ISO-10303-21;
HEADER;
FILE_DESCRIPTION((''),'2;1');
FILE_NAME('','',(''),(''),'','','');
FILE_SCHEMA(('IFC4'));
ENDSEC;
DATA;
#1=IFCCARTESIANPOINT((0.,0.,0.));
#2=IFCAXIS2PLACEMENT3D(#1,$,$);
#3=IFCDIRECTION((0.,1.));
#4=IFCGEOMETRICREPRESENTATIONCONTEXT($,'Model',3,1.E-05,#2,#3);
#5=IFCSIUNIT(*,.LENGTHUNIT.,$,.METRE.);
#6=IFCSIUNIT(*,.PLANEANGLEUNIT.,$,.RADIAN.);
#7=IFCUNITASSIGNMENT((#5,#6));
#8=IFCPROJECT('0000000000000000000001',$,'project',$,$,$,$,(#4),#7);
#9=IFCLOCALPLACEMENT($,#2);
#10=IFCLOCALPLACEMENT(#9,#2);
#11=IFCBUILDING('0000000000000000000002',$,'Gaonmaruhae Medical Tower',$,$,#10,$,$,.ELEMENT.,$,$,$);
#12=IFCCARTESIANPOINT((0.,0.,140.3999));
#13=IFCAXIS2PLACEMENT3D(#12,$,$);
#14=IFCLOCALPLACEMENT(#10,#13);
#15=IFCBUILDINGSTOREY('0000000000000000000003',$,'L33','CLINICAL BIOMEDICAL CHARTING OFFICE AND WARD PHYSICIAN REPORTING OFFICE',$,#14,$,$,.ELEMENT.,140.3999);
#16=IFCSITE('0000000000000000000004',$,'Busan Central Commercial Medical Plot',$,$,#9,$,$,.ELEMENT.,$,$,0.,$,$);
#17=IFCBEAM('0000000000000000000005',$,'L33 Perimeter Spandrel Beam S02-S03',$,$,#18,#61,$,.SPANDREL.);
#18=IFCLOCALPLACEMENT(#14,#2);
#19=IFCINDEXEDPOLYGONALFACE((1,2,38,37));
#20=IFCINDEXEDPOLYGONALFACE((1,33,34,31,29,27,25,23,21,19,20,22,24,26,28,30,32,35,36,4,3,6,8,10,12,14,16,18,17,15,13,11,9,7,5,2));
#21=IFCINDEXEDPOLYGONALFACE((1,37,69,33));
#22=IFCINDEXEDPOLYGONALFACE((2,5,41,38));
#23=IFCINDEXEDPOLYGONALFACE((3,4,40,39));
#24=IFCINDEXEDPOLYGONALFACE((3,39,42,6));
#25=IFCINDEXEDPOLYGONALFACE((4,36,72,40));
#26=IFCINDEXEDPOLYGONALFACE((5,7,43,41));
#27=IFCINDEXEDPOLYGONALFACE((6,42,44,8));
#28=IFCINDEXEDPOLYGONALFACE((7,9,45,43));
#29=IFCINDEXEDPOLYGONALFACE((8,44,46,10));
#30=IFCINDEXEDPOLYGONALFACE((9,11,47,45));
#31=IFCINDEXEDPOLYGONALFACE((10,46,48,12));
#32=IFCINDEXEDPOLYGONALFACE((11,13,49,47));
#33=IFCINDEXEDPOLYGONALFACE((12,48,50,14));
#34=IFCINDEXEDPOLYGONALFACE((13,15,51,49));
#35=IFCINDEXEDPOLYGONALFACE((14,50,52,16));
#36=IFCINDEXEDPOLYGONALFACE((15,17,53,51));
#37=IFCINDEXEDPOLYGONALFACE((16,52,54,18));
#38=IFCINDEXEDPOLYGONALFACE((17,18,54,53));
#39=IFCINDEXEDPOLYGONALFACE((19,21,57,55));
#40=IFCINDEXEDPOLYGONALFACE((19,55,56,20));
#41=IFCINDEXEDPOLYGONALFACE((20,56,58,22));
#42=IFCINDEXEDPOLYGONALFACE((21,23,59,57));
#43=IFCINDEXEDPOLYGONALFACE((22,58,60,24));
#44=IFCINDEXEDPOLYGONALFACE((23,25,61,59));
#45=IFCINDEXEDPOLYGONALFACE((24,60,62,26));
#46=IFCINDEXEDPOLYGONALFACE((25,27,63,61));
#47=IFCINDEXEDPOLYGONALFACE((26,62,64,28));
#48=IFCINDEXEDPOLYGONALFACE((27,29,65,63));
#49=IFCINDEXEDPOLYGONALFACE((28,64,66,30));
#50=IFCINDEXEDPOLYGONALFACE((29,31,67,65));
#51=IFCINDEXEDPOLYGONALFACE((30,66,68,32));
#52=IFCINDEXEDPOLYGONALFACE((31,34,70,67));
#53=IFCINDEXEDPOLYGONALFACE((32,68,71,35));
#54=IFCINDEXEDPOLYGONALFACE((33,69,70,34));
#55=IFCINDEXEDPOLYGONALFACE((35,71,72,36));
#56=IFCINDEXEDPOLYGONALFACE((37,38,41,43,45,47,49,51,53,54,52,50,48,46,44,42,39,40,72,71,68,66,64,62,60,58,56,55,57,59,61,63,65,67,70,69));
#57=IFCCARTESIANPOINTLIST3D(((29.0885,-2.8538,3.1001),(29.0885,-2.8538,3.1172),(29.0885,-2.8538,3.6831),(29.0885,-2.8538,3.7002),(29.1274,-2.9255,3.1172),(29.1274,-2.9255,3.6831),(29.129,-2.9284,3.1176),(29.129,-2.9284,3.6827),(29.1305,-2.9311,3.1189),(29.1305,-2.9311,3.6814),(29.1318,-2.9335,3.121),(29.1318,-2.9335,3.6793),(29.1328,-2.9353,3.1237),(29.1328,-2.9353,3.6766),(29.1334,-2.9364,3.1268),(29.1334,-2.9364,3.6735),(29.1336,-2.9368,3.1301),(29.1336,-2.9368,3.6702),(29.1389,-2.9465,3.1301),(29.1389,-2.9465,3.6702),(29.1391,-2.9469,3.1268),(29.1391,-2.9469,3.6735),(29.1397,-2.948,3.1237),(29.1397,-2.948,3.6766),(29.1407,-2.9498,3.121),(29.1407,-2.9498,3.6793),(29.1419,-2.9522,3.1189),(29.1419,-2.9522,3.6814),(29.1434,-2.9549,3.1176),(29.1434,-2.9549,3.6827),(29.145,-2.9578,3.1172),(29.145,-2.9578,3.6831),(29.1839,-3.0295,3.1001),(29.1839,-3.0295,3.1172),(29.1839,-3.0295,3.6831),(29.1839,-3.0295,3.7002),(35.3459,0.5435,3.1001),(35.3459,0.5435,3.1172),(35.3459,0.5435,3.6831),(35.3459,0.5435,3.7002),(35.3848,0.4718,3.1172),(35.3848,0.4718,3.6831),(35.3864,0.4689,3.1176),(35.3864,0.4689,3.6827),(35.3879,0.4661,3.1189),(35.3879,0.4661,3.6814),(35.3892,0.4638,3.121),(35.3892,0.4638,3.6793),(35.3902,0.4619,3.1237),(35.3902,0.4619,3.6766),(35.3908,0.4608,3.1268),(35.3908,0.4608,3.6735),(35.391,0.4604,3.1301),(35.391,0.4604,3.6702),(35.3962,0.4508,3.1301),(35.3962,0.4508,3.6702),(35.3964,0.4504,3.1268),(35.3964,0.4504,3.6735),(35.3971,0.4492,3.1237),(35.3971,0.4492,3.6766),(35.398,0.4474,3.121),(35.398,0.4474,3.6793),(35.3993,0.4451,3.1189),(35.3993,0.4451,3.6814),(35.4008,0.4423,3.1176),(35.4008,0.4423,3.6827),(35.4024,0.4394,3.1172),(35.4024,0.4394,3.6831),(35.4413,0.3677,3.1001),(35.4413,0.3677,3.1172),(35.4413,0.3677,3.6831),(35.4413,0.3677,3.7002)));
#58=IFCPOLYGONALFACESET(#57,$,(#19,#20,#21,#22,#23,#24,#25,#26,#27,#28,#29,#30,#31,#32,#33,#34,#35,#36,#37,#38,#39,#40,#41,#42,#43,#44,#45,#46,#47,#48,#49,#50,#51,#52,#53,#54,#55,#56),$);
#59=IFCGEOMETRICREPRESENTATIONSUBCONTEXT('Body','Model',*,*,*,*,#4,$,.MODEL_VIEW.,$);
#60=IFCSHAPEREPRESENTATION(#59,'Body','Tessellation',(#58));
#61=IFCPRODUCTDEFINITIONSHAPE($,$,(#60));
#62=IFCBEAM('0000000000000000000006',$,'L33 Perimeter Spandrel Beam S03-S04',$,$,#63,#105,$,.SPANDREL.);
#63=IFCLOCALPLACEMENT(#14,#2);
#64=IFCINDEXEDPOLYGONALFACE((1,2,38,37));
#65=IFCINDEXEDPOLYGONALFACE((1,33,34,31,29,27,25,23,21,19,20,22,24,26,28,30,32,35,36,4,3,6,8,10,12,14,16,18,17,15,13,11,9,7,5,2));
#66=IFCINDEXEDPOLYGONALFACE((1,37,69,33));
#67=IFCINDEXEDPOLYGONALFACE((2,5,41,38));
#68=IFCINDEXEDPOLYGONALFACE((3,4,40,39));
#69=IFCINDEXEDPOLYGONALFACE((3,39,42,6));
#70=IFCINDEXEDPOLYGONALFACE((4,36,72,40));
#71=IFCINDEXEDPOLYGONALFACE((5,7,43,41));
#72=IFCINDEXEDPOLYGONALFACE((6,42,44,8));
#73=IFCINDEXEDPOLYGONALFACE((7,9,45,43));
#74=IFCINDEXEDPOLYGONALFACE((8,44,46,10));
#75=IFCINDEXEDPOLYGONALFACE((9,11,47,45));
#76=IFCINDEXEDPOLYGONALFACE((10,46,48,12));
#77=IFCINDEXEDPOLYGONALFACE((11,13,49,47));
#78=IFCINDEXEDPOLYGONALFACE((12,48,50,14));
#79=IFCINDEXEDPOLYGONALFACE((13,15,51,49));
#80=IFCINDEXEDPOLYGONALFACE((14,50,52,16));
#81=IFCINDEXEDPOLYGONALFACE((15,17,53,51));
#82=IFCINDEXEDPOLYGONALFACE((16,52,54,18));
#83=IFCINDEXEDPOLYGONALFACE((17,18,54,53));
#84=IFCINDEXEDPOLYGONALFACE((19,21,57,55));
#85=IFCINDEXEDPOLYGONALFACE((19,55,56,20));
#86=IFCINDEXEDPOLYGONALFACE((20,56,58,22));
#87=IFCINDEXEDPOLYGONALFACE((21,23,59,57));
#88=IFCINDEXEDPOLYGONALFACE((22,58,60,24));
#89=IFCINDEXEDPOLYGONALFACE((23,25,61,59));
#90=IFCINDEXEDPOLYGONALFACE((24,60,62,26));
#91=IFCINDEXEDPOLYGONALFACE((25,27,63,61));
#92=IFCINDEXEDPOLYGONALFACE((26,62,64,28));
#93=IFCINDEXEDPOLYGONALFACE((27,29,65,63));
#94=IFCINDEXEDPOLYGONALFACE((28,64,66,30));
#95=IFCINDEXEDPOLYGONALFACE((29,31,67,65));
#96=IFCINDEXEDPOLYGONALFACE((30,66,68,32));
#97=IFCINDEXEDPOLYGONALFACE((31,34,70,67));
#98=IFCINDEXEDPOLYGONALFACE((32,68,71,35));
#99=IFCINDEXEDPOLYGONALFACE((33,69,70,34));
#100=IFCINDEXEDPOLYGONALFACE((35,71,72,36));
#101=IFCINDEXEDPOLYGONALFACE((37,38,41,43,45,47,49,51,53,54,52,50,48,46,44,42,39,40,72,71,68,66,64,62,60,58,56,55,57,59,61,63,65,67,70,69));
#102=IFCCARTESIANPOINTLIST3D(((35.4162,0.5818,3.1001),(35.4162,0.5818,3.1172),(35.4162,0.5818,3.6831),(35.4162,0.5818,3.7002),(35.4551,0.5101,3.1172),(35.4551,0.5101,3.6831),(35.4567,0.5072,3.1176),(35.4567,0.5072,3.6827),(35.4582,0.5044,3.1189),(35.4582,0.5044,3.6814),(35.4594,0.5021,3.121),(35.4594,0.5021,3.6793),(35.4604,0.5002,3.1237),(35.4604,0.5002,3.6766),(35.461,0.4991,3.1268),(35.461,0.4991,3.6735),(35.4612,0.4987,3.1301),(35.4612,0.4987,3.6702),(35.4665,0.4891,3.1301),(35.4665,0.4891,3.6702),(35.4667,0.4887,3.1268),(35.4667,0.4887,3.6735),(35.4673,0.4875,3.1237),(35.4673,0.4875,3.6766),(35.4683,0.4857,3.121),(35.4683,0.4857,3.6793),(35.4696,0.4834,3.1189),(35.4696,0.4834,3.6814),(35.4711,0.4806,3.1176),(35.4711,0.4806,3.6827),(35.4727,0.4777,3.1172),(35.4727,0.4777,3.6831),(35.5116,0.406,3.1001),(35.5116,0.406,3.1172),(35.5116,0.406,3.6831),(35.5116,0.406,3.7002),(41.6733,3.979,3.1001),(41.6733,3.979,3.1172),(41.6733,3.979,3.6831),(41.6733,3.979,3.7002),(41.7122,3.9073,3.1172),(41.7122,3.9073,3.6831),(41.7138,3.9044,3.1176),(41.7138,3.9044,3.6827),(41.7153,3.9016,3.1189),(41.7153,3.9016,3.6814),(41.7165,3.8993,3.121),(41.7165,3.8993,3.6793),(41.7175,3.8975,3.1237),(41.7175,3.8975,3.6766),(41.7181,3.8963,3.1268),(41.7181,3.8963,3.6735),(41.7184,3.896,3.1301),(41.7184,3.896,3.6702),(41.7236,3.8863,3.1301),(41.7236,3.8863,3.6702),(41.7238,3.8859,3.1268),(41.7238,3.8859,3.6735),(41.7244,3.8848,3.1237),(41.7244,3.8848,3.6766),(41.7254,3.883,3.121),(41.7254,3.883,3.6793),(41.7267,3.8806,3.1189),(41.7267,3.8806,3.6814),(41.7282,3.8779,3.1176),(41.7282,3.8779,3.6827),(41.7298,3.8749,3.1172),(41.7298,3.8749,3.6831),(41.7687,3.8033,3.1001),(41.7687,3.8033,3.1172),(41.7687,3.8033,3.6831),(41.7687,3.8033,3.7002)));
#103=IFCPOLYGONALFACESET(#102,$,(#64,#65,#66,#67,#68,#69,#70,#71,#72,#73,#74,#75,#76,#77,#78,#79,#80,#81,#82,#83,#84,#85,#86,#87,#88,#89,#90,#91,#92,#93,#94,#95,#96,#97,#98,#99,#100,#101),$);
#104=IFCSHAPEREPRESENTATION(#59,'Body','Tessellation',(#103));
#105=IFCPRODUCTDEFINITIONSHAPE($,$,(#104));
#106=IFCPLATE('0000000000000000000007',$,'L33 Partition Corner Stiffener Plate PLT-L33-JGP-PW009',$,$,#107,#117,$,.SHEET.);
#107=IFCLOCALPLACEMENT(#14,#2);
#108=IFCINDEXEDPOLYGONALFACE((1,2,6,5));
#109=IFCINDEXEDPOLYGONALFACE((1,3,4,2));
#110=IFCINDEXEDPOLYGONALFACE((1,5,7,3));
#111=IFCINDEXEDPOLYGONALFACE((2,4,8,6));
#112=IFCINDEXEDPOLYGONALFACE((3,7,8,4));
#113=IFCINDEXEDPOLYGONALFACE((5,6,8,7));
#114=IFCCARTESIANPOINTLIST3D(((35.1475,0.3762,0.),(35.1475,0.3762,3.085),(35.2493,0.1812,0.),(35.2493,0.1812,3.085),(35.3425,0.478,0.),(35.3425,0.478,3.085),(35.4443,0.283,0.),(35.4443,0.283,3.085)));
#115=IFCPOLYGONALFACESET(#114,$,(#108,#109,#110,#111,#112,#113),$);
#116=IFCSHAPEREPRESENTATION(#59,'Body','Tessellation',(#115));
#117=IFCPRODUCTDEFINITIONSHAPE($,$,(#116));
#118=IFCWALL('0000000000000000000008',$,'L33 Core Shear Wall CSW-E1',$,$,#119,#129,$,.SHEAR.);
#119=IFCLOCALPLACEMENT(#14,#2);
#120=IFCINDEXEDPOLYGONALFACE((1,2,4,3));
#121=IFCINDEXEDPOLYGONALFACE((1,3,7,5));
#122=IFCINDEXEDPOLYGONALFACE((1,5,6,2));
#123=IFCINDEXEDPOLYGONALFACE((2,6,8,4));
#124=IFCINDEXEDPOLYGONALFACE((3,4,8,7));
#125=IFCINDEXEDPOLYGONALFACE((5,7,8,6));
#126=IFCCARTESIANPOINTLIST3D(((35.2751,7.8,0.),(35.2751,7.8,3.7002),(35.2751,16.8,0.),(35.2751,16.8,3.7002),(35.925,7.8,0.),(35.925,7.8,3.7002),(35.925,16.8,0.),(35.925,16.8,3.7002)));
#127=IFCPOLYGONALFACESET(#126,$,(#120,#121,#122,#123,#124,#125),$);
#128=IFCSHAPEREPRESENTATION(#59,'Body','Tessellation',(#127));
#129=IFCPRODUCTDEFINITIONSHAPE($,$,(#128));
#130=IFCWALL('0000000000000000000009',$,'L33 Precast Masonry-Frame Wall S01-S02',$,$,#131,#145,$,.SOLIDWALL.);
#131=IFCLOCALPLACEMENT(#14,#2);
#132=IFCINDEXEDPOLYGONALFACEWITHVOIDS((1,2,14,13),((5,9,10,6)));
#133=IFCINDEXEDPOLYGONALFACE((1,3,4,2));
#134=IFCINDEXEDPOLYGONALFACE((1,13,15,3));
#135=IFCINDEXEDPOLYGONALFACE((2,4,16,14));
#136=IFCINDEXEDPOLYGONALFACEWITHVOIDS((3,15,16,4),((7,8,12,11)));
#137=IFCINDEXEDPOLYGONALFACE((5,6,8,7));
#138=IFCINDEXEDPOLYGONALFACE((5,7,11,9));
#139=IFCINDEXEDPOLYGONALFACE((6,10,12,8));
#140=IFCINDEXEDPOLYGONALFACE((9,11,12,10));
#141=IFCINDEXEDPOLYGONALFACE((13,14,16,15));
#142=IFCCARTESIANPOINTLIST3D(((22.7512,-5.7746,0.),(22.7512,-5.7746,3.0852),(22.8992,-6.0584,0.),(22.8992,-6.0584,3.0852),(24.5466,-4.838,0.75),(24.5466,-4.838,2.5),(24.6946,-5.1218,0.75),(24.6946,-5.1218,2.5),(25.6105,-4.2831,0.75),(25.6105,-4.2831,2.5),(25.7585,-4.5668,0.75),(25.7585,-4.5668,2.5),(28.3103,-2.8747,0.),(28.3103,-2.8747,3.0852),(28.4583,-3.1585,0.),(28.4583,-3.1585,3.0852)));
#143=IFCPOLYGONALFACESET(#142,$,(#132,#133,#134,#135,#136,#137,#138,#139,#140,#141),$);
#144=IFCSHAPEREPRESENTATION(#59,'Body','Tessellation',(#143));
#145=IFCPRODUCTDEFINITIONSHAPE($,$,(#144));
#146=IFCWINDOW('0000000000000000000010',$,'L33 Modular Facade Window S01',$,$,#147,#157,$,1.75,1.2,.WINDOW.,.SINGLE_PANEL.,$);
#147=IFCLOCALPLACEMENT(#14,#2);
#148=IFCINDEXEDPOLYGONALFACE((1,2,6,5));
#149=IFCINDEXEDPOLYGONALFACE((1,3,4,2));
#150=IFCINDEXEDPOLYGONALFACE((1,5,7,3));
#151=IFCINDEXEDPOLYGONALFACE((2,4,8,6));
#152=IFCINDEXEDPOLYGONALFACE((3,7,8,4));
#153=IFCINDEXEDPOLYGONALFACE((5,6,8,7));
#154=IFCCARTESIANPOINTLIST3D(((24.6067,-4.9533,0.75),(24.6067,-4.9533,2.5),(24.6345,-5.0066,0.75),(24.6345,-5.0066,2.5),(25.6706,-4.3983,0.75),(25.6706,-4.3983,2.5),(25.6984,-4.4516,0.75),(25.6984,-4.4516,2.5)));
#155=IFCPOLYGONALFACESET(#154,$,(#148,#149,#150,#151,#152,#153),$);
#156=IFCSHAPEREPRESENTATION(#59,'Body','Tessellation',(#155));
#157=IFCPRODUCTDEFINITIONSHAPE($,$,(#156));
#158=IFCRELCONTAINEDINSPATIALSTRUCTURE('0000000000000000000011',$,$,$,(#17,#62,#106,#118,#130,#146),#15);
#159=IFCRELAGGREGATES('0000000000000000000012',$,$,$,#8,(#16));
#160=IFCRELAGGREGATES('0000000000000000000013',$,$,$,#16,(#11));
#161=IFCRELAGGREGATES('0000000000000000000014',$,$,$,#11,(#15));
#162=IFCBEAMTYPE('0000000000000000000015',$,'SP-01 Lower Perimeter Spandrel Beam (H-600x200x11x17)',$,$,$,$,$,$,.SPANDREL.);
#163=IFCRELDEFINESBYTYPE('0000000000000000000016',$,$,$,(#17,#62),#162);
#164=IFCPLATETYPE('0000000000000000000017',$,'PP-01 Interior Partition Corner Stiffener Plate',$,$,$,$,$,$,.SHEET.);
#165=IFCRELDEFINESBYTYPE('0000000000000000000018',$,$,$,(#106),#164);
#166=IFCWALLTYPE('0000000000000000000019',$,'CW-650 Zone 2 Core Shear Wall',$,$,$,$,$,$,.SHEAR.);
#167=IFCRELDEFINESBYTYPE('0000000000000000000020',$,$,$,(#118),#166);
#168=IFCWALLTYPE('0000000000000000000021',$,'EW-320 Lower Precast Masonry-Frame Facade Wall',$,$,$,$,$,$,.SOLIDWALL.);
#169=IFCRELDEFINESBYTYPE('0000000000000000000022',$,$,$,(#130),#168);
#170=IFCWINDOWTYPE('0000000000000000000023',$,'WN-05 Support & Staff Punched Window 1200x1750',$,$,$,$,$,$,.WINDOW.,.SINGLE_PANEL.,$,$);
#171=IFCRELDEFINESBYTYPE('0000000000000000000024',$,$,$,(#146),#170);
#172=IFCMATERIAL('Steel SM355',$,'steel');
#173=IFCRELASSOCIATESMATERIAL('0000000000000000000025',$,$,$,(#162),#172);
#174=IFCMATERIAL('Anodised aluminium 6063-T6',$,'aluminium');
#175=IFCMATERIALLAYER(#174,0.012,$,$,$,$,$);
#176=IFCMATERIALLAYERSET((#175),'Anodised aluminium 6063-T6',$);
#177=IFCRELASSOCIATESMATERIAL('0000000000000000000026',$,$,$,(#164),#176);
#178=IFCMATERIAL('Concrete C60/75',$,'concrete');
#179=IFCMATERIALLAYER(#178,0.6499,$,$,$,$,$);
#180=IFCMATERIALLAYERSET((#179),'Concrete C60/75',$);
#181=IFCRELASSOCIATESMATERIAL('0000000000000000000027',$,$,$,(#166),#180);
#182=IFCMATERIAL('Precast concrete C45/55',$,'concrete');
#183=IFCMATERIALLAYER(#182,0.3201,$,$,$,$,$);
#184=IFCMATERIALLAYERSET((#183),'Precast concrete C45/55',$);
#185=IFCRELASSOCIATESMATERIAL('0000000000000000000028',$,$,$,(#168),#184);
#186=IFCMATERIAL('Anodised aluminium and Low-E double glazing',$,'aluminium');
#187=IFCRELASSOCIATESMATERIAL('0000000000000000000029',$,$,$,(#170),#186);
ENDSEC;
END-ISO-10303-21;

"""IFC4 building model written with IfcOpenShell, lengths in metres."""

from ifc_helpers import new_model, si_unit, direction, frame, frame_2d, origin, origin_2d, place, context, subcontext, project, spatial, rectangle, i_section, extrude, material, layer, layer_set, material_profile, profile_set, type_object, element, fill, save


model = new_model("IFC4")

# Units and contexts
model_context = context("Model", 3, precision=1e-05, world=origin(), true_north=direction((0.0, 1.0)))
body_context = subcontext(model_context, "Body", "Model", "MODEL_VIEW")
ifc_project = project(units=[si_unit("LENGTHUNIT", "METRE"), si_unit("PLANEANGLEUNIT", "RADIAN")], contexts=[model_context])

# Site, building, storey
site_placement = place(None, origin())
site = spatial("IfcSite", under=ifc_project, at=site_placement, Name="Busan Central Commercial Medical Plot", CompositionType="ELEMENT", RefElevation=0.0)
building_placement = place(site_placement, origin())
building = spatial("IfcBuilding", under=site, at=building_placement, Name="Gaonmaruhae Medical Tower", CompositionType="ELEMENT")
storey_placement = place(building_placement, frame((0.0, 0.0, 140.3999)))
storey = spatial("IfcBuildingStorey", under=building, at=storey_placement, Name="L33", Description="CLINICAL BIOMEDICAL CHARTING OFFICE AND WARD PHYSICIAN REPORTING OFFICE", CompositionType="ELEMENT", Elevation=140.3999)

# Shared definitions
ifc_material_1 = material(Name="Concrete C60/75", Category="concrete")

# Beams
ifc_material_2 = material(Name="Steel SM355", Category="steel")
ifc_material_profile_1 = material_profile(ifc_material_2, i_section(OverallWidth=0.2, OverallDepth=0.6001, WebThickness=0.011, FlangeThickness=0.0171, FilletRadius=0.0129, at=origin_2d()), Name="H-600x200x11x17")
ifc_profile_set_1 = profile_set([ifc_material_profile_1], Name="Steel SM355")
beam_type_1 = type_object("IfcBeamType", Name="SP-01 Lower Perimeter Spandrel Beam (H-600x200x11x17)", PredefinedType="SPANDREL", material=ifc_profile_set_1)
beam_1_placement = place(storey_placement, frame((29.1362, -2.9417, 3.4001), z_axis=(0.878831, 0.477133, 0.0), x_axis=(-0.477133, 0.878831, 0.0)))
element("IfcBeam", 1, at=beam_1_placement, inside=storey, type_object=beam_type_1, Name="L33 Perimeter Spandrel Beam S02-S03", PredefinedType="SPANDREL", context=body_context, shape_type="SweptSolid", body=[
    extrude(i_section(OverallWidth=0.2, OverallDepth=0.6001, WebThickness=0.011, FlangeThickness=0.0171, FilletRadius=0.0129, at=origin_2d()), origin(), (0.0, 0.0, 1.0), 7.1201),
])
beam_2_placement = place(storey_placement, frame((35.4639, 0.4939, 3.4001), z_axis=(0.878823, 0.477148, 0.0), x_axis=(-0.477148, 0.878823, 0.0)))
element("IfcBeam", 2, at=beam_2_placement, inside=storey, type_object=beam_type_1, Name="L33 Perimeter Spandrel Beam S03-S04", PredefinedType="SPANDREL", context=body_context, shape_type="SweptSolid", body=[
    extrude(i_section(OverallWidth=0.2, OverallDepth=0.6001, WebThickness=0.011, FlangeThickness=0.0171, FilletRadius=0.0129, at=origin_2d()), origin(), (0.0, 0.0, 1.0), 7.1199),
])

# Plate
ifc_material_3 = material(Name="Anodised aluminium 6063-T6", Category="aluminium")
ifc_layer_1 = layer(ifc_material_3, 0.012)
ifc_layer_set_1 = layer_set([ifc_layer_1], Name="Anodised aluminium 6063-T6")
plate_type = type_object("IfcPlateType", Name="PP-01 Interior Partition Corner Stiffener Plate", PredefinedType="SHEET", material=ifc_layer_set_1)
plate_placement = place(storey_placement, frame((35.2959, 0.3296, 0.0), z_axis=(0.0, 0.0, 1.0), x_axis=(-0.886527, -0.462677, 0.0)))
element("IfcPlate", 3, at=plate_placement, inside=storey, type_object=plate_type, Name="L33 Partition Corner Stiffener Plate PLT-L33-JGP-PW009", PredefinedType="SHEET", context=body_context, shape_type="SweptSolid", body=[
    extrude(rectangle(XDim=0.22, YDim=0.22, at=origin_2d()), origin(), (0.0, 0.0, 1.0), 3.085),
])

# Wall
ifc_layer_2 = layer(ifc_material_1, 0.6499)
ifc_layer_set_2 = layer_set([ifc_layer_2], Name="Concrete C60/75")
wall_type_1 = type_object("IfcWallType", Name="CW-650 Zone 2 Core Shear Wall", PredefinedType="SHEAR", material=ifc_layer_set_2)
wall_1_placement = place(storey_placement, frame((35.6001, 7.8, 0.0), z_axis=(0.0, 0.0, 1.0), x_axis=(0.0, 1.0, 0.0)))
element("IfcWall", 4, at=wall_1_placement, inside=storey, type_object=wall_type_1, Name="L33 Core Shear Wall CSW-E1", PredefinedType="SHEAR", context=body_context, shape_type="SweptSolid", body=[
    extrude(rectangle(XDim=9.0, YDim=0.6499, at=frame_2d((4.5, 0.0))), origin(), (0.0, 0.0, 1.0), 3.7002),
])

# Wall, opening, window
ifc_material_4 = material(Name="Precast concrete C45/55", Category="concrete")
ifc_layer_3 = layer(ifc_material_4, 0.3201)
ifc_layer_set_3 = layer_set([ifc_layer_3], Name="Precast concrete C45/55")
wall_type_2 = type_object("IfcWallType", Name="EW-320 Lower Precast Masonry-Frame Facade Wall", PredefinedType="SOLIDWALL", material=ifc_layer_set_3)
wall_2_placement = place(storey_placement, frame((28.3843, -3.0166, 0.0), z_axis=(0.0, 0.0, 1.0), x_axis=(-0.886617, -0.462505, 0.0)))
wall_2 = element("IfcWall", 5, at=wall_2_placement, inside=storey, type_object=wall_type_2, Name="L33 Precast Masonry-Frame Wall S01-S02", PredefinedType="SOLIDWALL", context=body_context, shape_type="SweptSolid", body=[
    extrude(rectangle(XDim=6.27, YDim=0.3201, at=frame_2d((3.135, 0.0))), origin(), (0.0, 0.0, 1.0), 3.0852),
])
opening_1_placement = place(wall_2_placement, frame((3.0449, 0.0, 0.75)))
opening_1 = element("IfcOpeningElement", 6, at=opening_1_placement, cuts=wall_2, PredefinedType="OPENING", context=body_context, shape_type="SweptSolid", body=[
    extrude(rectangle(XDim=1.2, YDim=1.75, at=frame_2d((0.6001, 0.875))), frame((0.0, 0.1699, 0.0), z_axis=(0.0, -1.0, 0.0), x_axis=(1.0, 0.0, 0.0)), (0.0, 0.0, 1.0), 0.3401),
])
ifc_material_5 = material(Name="Anodised aluminium and Low-E double glazing", Category="aluminium")
window_type_1 = type_object("IfcWindowType", Name="WN-05 Support & Staff Punched Window 1200x1750", PartitioningType="SINGLE_PANEL", PredefinedType="WINDOW", material=ifc_material_5)
window_1_placement = place(opening_1_placement, origin())
window_1 = element("IfcWindow", 7, at=window_1_placement, inside=storey, type_object=window_type_1, Name="L33 Modular Facade Window S01", OverallHeight=1.75, OverallWidth=1.2, PartitioningType="SINGLE_PANEL", PredefinedType="WINDOW", context=body_context, shape_type="SweptSolid", body=[
    extrude(rectangle(XDim=1.2, YDim=1.75, at=frame_2d((0.6001, 0.875))), frame((0.0, 0.03, 0.0), z_axis=(0.0, -1.0, 0.0), x_axis=(1.0, 0.0, 0.0)), (0.0, 0.0, 1.0), 0.0601),
])
fill(opening_1, window_1)

save(model, "model.ifc")
